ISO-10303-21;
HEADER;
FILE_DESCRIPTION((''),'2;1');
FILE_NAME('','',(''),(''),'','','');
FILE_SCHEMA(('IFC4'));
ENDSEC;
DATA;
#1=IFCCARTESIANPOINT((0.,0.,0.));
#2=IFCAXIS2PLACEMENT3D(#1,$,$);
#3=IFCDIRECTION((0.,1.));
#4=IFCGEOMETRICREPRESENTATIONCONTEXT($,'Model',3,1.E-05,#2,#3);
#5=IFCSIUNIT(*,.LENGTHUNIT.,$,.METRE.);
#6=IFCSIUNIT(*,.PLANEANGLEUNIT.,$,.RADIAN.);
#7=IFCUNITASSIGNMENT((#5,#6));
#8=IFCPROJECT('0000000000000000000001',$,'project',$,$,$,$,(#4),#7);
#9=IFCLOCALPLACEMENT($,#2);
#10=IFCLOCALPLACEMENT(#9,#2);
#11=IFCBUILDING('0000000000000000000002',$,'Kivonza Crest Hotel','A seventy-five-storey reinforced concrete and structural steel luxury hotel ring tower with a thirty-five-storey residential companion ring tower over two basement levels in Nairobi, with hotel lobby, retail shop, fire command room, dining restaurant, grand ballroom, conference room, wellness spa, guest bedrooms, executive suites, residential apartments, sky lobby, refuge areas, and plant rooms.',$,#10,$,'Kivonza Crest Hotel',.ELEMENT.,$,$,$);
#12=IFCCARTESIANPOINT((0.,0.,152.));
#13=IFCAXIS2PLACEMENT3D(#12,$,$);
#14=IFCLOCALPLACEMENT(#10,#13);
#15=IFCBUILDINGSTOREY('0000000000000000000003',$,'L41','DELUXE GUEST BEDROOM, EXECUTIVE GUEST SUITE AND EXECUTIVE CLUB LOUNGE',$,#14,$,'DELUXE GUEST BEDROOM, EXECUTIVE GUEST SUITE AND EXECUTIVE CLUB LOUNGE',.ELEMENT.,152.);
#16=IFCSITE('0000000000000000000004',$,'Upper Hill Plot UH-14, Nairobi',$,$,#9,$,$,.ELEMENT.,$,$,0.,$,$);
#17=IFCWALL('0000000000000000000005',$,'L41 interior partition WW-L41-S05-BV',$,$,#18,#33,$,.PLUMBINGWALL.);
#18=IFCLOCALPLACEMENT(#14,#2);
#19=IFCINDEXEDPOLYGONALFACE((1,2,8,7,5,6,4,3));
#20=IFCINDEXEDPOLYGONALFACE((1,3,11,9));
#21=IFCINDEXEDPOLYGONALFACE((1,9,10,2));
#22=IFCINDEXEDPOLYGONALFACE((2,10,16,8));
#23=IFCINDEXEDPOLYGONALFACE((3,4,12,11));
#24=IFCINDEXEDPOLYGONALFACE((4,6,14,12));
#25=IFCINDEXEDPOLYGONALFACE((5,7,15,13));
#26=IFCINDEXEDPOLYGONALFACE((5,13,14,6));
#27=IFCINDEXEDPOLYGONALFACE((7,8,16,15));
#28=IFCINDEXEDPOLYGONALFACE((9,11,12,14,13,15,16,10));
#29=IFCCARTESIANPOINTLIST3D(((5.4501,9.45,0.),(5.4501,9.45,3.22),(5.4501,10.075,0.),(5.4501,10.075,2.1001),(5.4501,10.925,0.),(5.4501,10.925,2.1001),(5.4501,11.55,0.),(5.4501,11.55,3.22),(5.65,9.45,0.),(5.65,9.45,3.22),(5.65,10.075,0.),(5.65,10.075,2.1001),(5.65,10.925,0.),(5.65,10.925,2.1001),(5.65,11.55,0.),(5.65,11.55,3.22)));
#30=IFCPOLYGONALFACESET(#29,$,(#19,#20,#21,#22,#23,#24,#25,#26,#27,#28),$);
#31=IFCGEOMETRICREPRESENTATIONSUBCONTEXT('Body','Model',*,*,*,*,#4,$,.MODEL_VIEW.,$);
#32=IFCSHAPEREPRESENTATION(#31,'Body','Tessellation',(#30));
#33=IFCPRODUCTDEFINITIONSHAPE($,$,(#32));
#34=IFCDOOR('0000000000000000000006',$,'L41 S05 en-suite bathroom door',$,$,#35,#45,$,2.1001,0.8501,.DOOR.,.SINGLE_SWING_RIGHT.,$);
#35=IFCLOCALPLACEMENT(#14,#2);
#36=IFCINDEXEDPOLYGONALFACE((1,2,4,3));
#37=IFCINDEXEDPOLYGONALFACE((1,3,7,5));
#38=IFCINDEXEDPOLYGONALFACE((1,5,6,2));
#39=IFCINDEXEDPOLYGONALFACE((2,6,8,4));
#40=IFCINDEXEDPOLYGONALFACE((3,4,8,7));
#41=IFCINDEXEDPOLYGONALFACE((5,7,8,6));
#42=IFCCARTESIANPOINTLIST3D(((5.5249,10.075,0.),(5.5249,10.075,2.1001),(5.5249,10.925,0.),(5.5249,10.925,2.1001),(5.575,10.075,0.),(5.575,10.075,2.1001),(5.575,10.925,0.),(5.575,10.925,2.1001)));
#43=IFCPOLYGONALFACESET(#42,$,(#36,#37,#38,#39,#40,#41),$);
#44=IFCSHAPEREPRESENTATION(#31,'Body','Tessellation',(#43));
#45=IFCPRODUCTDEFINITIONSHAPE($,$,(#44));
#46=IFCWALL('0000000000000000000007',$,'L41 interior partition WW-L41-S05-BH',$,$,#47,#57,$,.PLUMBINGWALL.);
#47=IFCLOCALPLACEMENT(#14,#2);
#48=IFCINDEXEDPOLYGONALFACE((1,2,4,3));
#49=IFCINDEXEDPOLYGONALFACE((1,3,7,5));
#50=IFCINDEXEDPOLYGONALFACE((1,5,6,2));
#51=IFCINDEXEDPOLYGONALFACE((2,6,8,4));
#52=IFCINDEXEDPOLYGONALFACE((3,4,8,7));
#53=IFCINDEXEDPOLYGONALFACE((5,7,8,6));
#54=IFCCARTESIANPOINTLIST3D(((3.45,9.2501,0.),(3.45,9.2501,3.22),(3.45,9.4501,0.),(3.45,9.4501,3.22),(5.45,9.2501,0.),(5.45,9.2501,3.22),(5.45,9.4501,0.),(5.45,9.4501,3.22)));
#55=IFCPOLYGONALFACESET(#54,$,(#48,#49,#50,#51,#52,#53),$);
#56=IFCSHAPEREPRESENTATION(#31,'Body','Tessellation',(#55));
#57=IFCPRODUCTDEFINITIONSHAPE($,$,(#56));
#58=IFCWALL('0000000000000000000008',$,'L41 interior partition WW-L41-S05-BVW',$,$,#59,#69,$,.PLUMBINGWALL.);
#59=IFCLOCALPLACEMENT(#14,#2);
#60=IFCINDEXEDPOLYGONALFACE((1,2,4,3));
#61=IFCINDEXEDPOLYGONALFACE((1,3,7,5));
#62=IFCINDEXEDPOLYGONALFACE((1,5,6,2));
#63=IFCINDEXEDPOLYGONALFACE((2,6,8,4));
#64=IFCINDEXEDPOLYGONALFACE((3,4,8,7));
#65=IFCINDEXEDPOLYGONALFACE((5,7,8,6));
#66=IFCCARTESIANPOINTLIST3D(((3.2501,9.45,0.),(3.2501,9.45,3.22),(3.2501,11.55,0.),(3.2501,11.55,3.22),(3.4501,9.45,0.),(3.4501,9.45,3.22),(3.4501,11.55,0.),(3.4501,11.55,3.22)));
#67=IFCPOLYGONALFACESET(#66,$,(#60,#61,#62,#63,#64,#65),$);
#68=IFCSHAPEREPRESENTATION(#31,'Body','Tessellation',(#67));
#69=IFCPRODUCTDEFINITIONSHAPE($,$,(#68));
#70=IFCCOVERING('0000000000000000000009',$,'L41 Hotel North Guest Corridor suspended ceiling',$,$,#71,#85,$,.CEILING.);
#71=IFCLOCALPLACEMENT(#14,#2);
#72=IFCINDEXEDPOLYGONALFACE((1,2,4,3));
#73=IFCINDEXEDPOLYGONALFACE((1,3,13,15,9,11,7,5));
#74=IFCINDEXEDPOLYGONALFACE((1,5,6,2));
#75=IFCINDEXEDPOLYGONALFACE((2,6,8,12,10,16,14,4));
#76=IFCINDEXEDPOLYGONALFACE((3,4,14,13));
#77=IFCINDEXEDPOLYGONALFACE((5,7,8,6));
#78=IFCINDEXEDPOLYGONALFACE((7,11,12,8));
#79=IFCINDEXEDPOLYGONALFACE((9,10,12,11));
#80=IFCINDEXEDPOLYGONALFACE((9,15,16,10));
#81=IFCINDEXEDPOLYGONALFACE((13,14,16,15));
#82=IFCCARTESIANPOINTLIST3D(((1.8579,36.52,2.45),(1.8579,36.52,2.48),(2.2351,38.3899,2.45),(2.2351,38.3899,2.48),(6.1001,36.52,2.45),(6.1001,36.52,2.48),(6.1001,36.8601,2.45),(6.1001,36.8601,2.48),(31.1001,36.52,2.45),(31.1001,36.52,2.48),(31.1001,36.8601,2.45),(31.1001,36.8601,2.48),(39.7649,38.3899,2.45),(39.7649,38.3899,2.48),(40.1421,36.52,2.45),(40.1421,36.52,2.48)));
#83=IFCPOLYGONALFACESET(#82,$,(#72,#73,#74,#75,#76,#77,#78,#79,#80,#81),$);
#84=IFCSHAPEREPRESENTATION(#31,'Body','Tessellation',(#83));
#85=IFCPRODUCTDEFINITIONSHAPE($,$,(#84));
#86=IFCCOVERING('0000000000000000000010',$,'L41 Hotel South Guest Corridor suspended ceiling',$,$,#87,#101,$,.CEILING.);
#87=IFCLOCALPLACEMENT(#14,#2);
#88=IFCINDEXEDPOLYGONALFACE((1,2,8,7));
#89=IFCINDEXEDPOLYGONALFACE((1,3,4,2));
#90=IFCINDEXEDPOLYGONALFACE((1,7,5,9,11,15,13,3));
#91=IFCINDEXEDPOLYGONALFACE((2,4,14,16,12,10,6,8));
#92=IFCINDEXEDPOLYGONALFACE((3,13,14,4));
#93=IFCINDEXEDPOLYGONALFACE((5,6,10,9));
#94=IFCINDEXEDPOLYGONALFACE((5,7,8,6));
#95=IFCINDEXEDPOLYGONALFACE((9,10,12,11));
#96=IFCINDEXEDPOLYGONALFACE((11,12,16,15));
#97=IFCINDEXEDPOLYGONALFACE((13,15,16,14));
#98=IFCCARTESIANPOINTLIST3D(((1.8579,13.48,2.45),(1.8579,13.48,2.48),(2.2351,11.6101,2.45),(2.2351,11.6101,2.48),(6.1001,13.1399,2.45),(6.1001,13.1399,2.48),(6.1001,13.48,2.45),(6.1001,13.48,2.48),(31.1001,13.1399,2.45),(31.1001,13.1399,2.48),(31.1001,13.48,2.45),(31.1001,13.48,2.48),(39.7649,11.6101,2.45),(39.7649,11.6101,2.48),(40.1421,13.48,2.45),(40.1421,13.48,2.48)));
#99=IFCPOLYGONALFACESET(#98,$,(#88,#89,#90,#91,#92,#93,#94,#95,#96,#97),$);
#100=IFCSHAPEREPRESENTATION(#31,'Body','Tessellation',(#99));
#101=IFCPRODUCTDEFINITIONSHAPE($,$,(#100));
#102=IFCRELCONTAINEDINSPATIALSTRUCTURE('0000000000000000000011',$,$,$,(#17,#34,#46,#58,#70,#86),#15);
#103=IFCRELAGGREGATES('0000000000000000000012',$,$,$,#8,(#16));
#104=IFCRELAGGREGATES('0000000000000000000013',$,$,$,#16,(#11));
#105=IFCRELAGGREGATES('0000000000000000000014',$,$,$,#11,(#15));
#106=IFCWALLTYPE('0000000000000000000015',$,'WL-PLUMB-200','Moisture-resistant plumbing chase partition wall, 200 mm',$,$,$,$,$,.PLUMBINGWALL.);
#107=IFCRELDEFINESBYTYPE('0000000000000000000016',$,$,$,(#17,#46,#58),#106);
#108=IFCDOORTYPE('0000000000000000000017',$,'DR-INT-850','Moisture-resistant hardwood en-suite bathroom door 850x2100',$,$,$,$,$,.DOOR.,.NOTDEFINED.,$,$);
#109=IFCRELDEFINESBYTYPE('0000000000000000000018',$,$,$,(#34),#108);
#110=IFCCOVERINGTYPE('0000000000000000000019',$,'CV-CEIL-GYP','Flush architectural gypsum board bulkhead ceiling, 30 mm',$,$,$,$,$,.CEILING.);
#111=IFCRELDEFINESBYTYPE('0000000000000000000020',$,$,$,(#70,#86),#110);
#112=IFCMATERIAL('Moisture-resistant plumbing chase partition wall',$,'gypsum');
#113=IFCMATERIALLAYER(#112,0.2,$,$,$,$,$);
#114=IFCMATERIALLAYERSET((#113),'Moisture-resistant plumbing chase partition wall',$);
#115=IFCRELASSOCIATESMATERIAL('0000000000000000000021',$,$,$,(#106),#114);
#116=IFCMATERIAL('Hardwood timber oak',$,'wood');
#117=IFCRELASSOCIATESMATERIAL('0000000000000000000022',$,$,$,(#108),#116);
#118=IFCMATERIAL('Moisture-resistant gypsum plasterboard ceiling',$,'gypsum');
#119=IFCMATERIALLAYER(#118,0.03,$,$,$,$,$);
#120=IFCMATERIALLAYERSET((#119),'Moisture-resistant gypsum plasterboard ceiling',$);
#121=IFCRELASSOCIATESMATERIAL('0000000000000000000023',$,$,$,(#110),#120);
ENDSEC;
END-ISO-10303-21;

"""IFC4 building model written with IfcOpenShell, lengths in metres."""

from ifc_helpers import new_model, si_unit, direction, frame, frame_2d, origin, place, context, subcontext, project, spatial, polyline, rectangle, outline, extrude, material, layer, layer_set, type_object, element, fill, save


model = new_model("IFC4")

# Units and contexts
model_context = context("Model", 3, precision=1e-05, world=origin(), true_north=direction((0.0, 1.0)))
body_context = subcontext(model_context, "Body", "Model", "MODEL_VIEW")
ifc_project = project(units=[si_unit("LENGTHUNIT", "METRE"), si_unit("PLANEANGLEUNIT", "RADIAN")], contexts=[model_context])

# Site, building, storey
site_placement = place(None, origin())
site = spatial("IfcSite", under=ifc_project, at=site_placement, Name="Upper Hill Plot UH-14, Nairobi", CompositionType="ELEMENT", RefElevation=0.0)
building_placement = place(site_placement, origin())
building = spatial("IfcBuilding", under=site, at=building_placement, Name="Kivonza Crest Hotel", Description="A seventy-five-storey reinforced concrete and structural steel luxury hotel ring tower with a thirty-five-storey residential companion ring tower over two basement levels in Nairobi, with hotel lobby, retail shop, fire command room, dining restaurant, grand ballroom, conference room, wellness spa, guest bedrooms, executive suites, residential apartments, sky lobby, refuge areas, and plant rooms.", LongName="Kivonza Crest Hotel", CompositionType="ELEMENT")
storey_placement = place(building_placement, frame((0.0, 0.0, 152.0)))
storey = spatial("IfcBuildingStorey", under=building, at=storey_placement, Name="L41", Description="DELUXE GUEST BEDROOM, EXECUTIVE GUEST SUITE AND EXECUTIVE CLUB LOUNGE", LongName="DELUXE GUEST BEDROOM, EXECUTIVE GUEST SUITE AND EXECUTIVE CLUB LOUNGE", CompositionType="ELEMENT", Elevation=152.0)

# Shared definitions
ifc_material_1 = material(Name="Hardwood timber oak", Category="wood")

# Wall, opening, door
ifc_material_2 = material(Name="Moisture-resistant plumbing chase partition wall", Category="gypsum")
ifc_layer_1 = layer(ifc_material_2, 0.2)
ifc_layer_set_1 = layer_set([ifc_layer_1], Name="Moisture-resistant plumbing chase partition wall")
wall_type_1 = type_object("IfcWallType", Name="WL-PLUMB-200", Description="Moisture-resistant plumbing chase partition wall, 200 mm", PredefinedType="PLUMBINGWALL", material=ifc_layer_set_1)
wall_1_placement = place(storey_placement, frame((5.55, 9.45, 0.0), z_axis=(0.0, 0.0, 1.0), x_axis=(0.0, 1.0, 0.0)))
wall_1 = element("IfcWall", 1, at=wall_1_placement, inside=storey, type_object=wall_type_1, Name="L41 interior partition WW-L41-S05-BV", PredefinedType="PLUMBINGWALL", context=body_context, shape_type="SweptSolid", body=[
    extrude(rectangle(XDim=2.1001, YDim=0.2, at=frame_2d((1.05, 0.0))), origin(), (0.0, 0.0, 1.0), 3.22),
])
opening_1_placement = place(wall_1_placement, frame((0.625, 0.0, 0.0)))
opening_1 = element("IfcOpeningElement", 2, at=opening_1_placement, cuts=wall_1, PredefinedType="OPENING", context=body_context, shape_type="SweptSolid", body=[
    extrude(rectangle(XDim=0.8501, YDim=2.1001, at=frame_2d((0.425, 1.05))), frame((0.0, 0.1099, 0.0), z_axis=(0.0, -1.0, 0.0), x_axis=(1.0, 0.0, 0.0)), (0.0, 0.0, 1.0), 0.22),
])
door_type_1 = type_object("IfcDoorType", Name="DR-INT-850", Description="Moisture-resistant hardwood en-suite bathroom door 850x2100", OperationType="NOTDEFINED", PredefinedType="DOOR", material=ifc_material_1)
door_1_placement = place(opening_1_placement, frame((0.8501, 0.0, 0.0), z_axis=(0.0, 0.0, 1.0), x_axis=(-1.0, 0.0, 0.0)))
door_1 = element("IfcDoor", 3, at=door_1_placement, inside=storey, type_object=door_type_1, Name="L41 S05 en-suite bathroom door", OperationType="SINGLE_SWING_RIGHT", OverallHeight=2.1001, OverallWidth=0.8501, PredefinedType="DOOR", context=body_context, shape_type="SweptSolid", body=[
    extrude(rectangle(XDim=0.8501, YDim=2.1001, at=frame_2d((0.425, 1.05))), frame((0.0, 0.0249, 0.0), z_axis=(0.0, -1.0, 0.0), x_axis=(1.0, 0.0, 0.0)), (0.0, 0.0, 1.0), 0.05),
])
fill(opening_1, door_1)

# Walls
wall_2_placement = place(storey_placement, frame((3.45, 9.3501, 0.0), z_axis=(0.0, 0.0, 1.0), x_axis=(1.0, 0.0, 0.0)))
element("IfcWall", 4, at=wall_2_placement, inside=storey, type_object=wall_type_1, Name="L41 interior partition WW-L41-S05-BH", PredefinedType="PLUMBINGWALL", context=body_context, shape_type="SweptSolid", body=[
    extrude(rectangle(XDim=2.0, YDim=0.2, at=frame_2d((1.0, 0.0))), origin(), (0.0, 0.0, 1.0), 3.22),
])
wall_3_placement = place(storey_placement, frame((3.3501, 9.45, 0.0), z_axis=(0.0, 0.0, 1.0), x_axis=(0.0, 1.0, 0.0)))
element("IfcWall", 5, at=wall_3_placement, inside=storey, type_object=wall_type_1, Name="L41 interior partition WW-L41-S05-BVW", PredefinedType="PLUMBINGWALL", context=body_context, shape_type="SweptSolid", body=[
    extrude(rectangle(XDim=2.1001, YDim=0.2, at=frame_2d((1.05, 0.0))), origin(), (0.0, 0.0, 1.0), 3.22),
])

# Coverings
ifc_material_3 = material(Name="Moisture-resistant gypsum plasterboard ceiling", Category="gypsum")
ifc_layer_2 = layer(ifc_material_3, 0.03)
ifc_layer_set_2 = layer_set([ifc_layer_2], Name="Moisture-resistant gypsum plasterboard ceiling")
covering_type = type_object("IfcCoveringType", Name="CV-CEIL-GYP", Description="Flush architectural gypsum board bulkhead ceiling, 30 mm", PredefinedType="CEILING", material=ifc_layer_set_2)
covering_1_placement = place(storey_placement, frame((0.0, 0.0, 2.45)))
element("IfcCovering", 6, at=covering_1_placement, inside=storey, type_object=covering_type, Name="L41 Hotel North Guest Corridor suspended ceiling", PredefinedType="CEILING", context=body_context, shape_type="SweptSolid", body=[
    extrude(outline(polyline([(2.2351, 38.3899), (1.8579, 36.52), (6.1001, 36.52), (6.1001, 36.8601), (31.1001, 36.8601), (31.1001, 36.52), (40.1421, 36.52), (39.7649, 38.3899), (2.2351, 38.3899)])), origin(), (0.0, 0.0, 1.0), 0.03),
])
covering_2_placement = place(storey_placement, frame((0.0, 0.0, 2.45)))
element("IfcCovering", 7, at=covering_2_placement, inside=storey, type_object=covering_type, Name="L41 Hotel South Guest Corridor suspended ceiling", PredefinedType="CEILING", context=body_context, shape_type="SweptSolid", body=[
    extrude(outline(polyline([(1.8579, 13.48), (2.2351, 11.6101), (39.7649, 11.6101), (40.1421, 13.48), (31.1001, 13.48), (31.1001, 13.1399), (6.1001, 13.1399), (6.1001, 13.48), (1.8579, 13.48)])), origin(), (0.0, 0.0, 1.0), 0.03),
])

save(model, "model.ifc")
